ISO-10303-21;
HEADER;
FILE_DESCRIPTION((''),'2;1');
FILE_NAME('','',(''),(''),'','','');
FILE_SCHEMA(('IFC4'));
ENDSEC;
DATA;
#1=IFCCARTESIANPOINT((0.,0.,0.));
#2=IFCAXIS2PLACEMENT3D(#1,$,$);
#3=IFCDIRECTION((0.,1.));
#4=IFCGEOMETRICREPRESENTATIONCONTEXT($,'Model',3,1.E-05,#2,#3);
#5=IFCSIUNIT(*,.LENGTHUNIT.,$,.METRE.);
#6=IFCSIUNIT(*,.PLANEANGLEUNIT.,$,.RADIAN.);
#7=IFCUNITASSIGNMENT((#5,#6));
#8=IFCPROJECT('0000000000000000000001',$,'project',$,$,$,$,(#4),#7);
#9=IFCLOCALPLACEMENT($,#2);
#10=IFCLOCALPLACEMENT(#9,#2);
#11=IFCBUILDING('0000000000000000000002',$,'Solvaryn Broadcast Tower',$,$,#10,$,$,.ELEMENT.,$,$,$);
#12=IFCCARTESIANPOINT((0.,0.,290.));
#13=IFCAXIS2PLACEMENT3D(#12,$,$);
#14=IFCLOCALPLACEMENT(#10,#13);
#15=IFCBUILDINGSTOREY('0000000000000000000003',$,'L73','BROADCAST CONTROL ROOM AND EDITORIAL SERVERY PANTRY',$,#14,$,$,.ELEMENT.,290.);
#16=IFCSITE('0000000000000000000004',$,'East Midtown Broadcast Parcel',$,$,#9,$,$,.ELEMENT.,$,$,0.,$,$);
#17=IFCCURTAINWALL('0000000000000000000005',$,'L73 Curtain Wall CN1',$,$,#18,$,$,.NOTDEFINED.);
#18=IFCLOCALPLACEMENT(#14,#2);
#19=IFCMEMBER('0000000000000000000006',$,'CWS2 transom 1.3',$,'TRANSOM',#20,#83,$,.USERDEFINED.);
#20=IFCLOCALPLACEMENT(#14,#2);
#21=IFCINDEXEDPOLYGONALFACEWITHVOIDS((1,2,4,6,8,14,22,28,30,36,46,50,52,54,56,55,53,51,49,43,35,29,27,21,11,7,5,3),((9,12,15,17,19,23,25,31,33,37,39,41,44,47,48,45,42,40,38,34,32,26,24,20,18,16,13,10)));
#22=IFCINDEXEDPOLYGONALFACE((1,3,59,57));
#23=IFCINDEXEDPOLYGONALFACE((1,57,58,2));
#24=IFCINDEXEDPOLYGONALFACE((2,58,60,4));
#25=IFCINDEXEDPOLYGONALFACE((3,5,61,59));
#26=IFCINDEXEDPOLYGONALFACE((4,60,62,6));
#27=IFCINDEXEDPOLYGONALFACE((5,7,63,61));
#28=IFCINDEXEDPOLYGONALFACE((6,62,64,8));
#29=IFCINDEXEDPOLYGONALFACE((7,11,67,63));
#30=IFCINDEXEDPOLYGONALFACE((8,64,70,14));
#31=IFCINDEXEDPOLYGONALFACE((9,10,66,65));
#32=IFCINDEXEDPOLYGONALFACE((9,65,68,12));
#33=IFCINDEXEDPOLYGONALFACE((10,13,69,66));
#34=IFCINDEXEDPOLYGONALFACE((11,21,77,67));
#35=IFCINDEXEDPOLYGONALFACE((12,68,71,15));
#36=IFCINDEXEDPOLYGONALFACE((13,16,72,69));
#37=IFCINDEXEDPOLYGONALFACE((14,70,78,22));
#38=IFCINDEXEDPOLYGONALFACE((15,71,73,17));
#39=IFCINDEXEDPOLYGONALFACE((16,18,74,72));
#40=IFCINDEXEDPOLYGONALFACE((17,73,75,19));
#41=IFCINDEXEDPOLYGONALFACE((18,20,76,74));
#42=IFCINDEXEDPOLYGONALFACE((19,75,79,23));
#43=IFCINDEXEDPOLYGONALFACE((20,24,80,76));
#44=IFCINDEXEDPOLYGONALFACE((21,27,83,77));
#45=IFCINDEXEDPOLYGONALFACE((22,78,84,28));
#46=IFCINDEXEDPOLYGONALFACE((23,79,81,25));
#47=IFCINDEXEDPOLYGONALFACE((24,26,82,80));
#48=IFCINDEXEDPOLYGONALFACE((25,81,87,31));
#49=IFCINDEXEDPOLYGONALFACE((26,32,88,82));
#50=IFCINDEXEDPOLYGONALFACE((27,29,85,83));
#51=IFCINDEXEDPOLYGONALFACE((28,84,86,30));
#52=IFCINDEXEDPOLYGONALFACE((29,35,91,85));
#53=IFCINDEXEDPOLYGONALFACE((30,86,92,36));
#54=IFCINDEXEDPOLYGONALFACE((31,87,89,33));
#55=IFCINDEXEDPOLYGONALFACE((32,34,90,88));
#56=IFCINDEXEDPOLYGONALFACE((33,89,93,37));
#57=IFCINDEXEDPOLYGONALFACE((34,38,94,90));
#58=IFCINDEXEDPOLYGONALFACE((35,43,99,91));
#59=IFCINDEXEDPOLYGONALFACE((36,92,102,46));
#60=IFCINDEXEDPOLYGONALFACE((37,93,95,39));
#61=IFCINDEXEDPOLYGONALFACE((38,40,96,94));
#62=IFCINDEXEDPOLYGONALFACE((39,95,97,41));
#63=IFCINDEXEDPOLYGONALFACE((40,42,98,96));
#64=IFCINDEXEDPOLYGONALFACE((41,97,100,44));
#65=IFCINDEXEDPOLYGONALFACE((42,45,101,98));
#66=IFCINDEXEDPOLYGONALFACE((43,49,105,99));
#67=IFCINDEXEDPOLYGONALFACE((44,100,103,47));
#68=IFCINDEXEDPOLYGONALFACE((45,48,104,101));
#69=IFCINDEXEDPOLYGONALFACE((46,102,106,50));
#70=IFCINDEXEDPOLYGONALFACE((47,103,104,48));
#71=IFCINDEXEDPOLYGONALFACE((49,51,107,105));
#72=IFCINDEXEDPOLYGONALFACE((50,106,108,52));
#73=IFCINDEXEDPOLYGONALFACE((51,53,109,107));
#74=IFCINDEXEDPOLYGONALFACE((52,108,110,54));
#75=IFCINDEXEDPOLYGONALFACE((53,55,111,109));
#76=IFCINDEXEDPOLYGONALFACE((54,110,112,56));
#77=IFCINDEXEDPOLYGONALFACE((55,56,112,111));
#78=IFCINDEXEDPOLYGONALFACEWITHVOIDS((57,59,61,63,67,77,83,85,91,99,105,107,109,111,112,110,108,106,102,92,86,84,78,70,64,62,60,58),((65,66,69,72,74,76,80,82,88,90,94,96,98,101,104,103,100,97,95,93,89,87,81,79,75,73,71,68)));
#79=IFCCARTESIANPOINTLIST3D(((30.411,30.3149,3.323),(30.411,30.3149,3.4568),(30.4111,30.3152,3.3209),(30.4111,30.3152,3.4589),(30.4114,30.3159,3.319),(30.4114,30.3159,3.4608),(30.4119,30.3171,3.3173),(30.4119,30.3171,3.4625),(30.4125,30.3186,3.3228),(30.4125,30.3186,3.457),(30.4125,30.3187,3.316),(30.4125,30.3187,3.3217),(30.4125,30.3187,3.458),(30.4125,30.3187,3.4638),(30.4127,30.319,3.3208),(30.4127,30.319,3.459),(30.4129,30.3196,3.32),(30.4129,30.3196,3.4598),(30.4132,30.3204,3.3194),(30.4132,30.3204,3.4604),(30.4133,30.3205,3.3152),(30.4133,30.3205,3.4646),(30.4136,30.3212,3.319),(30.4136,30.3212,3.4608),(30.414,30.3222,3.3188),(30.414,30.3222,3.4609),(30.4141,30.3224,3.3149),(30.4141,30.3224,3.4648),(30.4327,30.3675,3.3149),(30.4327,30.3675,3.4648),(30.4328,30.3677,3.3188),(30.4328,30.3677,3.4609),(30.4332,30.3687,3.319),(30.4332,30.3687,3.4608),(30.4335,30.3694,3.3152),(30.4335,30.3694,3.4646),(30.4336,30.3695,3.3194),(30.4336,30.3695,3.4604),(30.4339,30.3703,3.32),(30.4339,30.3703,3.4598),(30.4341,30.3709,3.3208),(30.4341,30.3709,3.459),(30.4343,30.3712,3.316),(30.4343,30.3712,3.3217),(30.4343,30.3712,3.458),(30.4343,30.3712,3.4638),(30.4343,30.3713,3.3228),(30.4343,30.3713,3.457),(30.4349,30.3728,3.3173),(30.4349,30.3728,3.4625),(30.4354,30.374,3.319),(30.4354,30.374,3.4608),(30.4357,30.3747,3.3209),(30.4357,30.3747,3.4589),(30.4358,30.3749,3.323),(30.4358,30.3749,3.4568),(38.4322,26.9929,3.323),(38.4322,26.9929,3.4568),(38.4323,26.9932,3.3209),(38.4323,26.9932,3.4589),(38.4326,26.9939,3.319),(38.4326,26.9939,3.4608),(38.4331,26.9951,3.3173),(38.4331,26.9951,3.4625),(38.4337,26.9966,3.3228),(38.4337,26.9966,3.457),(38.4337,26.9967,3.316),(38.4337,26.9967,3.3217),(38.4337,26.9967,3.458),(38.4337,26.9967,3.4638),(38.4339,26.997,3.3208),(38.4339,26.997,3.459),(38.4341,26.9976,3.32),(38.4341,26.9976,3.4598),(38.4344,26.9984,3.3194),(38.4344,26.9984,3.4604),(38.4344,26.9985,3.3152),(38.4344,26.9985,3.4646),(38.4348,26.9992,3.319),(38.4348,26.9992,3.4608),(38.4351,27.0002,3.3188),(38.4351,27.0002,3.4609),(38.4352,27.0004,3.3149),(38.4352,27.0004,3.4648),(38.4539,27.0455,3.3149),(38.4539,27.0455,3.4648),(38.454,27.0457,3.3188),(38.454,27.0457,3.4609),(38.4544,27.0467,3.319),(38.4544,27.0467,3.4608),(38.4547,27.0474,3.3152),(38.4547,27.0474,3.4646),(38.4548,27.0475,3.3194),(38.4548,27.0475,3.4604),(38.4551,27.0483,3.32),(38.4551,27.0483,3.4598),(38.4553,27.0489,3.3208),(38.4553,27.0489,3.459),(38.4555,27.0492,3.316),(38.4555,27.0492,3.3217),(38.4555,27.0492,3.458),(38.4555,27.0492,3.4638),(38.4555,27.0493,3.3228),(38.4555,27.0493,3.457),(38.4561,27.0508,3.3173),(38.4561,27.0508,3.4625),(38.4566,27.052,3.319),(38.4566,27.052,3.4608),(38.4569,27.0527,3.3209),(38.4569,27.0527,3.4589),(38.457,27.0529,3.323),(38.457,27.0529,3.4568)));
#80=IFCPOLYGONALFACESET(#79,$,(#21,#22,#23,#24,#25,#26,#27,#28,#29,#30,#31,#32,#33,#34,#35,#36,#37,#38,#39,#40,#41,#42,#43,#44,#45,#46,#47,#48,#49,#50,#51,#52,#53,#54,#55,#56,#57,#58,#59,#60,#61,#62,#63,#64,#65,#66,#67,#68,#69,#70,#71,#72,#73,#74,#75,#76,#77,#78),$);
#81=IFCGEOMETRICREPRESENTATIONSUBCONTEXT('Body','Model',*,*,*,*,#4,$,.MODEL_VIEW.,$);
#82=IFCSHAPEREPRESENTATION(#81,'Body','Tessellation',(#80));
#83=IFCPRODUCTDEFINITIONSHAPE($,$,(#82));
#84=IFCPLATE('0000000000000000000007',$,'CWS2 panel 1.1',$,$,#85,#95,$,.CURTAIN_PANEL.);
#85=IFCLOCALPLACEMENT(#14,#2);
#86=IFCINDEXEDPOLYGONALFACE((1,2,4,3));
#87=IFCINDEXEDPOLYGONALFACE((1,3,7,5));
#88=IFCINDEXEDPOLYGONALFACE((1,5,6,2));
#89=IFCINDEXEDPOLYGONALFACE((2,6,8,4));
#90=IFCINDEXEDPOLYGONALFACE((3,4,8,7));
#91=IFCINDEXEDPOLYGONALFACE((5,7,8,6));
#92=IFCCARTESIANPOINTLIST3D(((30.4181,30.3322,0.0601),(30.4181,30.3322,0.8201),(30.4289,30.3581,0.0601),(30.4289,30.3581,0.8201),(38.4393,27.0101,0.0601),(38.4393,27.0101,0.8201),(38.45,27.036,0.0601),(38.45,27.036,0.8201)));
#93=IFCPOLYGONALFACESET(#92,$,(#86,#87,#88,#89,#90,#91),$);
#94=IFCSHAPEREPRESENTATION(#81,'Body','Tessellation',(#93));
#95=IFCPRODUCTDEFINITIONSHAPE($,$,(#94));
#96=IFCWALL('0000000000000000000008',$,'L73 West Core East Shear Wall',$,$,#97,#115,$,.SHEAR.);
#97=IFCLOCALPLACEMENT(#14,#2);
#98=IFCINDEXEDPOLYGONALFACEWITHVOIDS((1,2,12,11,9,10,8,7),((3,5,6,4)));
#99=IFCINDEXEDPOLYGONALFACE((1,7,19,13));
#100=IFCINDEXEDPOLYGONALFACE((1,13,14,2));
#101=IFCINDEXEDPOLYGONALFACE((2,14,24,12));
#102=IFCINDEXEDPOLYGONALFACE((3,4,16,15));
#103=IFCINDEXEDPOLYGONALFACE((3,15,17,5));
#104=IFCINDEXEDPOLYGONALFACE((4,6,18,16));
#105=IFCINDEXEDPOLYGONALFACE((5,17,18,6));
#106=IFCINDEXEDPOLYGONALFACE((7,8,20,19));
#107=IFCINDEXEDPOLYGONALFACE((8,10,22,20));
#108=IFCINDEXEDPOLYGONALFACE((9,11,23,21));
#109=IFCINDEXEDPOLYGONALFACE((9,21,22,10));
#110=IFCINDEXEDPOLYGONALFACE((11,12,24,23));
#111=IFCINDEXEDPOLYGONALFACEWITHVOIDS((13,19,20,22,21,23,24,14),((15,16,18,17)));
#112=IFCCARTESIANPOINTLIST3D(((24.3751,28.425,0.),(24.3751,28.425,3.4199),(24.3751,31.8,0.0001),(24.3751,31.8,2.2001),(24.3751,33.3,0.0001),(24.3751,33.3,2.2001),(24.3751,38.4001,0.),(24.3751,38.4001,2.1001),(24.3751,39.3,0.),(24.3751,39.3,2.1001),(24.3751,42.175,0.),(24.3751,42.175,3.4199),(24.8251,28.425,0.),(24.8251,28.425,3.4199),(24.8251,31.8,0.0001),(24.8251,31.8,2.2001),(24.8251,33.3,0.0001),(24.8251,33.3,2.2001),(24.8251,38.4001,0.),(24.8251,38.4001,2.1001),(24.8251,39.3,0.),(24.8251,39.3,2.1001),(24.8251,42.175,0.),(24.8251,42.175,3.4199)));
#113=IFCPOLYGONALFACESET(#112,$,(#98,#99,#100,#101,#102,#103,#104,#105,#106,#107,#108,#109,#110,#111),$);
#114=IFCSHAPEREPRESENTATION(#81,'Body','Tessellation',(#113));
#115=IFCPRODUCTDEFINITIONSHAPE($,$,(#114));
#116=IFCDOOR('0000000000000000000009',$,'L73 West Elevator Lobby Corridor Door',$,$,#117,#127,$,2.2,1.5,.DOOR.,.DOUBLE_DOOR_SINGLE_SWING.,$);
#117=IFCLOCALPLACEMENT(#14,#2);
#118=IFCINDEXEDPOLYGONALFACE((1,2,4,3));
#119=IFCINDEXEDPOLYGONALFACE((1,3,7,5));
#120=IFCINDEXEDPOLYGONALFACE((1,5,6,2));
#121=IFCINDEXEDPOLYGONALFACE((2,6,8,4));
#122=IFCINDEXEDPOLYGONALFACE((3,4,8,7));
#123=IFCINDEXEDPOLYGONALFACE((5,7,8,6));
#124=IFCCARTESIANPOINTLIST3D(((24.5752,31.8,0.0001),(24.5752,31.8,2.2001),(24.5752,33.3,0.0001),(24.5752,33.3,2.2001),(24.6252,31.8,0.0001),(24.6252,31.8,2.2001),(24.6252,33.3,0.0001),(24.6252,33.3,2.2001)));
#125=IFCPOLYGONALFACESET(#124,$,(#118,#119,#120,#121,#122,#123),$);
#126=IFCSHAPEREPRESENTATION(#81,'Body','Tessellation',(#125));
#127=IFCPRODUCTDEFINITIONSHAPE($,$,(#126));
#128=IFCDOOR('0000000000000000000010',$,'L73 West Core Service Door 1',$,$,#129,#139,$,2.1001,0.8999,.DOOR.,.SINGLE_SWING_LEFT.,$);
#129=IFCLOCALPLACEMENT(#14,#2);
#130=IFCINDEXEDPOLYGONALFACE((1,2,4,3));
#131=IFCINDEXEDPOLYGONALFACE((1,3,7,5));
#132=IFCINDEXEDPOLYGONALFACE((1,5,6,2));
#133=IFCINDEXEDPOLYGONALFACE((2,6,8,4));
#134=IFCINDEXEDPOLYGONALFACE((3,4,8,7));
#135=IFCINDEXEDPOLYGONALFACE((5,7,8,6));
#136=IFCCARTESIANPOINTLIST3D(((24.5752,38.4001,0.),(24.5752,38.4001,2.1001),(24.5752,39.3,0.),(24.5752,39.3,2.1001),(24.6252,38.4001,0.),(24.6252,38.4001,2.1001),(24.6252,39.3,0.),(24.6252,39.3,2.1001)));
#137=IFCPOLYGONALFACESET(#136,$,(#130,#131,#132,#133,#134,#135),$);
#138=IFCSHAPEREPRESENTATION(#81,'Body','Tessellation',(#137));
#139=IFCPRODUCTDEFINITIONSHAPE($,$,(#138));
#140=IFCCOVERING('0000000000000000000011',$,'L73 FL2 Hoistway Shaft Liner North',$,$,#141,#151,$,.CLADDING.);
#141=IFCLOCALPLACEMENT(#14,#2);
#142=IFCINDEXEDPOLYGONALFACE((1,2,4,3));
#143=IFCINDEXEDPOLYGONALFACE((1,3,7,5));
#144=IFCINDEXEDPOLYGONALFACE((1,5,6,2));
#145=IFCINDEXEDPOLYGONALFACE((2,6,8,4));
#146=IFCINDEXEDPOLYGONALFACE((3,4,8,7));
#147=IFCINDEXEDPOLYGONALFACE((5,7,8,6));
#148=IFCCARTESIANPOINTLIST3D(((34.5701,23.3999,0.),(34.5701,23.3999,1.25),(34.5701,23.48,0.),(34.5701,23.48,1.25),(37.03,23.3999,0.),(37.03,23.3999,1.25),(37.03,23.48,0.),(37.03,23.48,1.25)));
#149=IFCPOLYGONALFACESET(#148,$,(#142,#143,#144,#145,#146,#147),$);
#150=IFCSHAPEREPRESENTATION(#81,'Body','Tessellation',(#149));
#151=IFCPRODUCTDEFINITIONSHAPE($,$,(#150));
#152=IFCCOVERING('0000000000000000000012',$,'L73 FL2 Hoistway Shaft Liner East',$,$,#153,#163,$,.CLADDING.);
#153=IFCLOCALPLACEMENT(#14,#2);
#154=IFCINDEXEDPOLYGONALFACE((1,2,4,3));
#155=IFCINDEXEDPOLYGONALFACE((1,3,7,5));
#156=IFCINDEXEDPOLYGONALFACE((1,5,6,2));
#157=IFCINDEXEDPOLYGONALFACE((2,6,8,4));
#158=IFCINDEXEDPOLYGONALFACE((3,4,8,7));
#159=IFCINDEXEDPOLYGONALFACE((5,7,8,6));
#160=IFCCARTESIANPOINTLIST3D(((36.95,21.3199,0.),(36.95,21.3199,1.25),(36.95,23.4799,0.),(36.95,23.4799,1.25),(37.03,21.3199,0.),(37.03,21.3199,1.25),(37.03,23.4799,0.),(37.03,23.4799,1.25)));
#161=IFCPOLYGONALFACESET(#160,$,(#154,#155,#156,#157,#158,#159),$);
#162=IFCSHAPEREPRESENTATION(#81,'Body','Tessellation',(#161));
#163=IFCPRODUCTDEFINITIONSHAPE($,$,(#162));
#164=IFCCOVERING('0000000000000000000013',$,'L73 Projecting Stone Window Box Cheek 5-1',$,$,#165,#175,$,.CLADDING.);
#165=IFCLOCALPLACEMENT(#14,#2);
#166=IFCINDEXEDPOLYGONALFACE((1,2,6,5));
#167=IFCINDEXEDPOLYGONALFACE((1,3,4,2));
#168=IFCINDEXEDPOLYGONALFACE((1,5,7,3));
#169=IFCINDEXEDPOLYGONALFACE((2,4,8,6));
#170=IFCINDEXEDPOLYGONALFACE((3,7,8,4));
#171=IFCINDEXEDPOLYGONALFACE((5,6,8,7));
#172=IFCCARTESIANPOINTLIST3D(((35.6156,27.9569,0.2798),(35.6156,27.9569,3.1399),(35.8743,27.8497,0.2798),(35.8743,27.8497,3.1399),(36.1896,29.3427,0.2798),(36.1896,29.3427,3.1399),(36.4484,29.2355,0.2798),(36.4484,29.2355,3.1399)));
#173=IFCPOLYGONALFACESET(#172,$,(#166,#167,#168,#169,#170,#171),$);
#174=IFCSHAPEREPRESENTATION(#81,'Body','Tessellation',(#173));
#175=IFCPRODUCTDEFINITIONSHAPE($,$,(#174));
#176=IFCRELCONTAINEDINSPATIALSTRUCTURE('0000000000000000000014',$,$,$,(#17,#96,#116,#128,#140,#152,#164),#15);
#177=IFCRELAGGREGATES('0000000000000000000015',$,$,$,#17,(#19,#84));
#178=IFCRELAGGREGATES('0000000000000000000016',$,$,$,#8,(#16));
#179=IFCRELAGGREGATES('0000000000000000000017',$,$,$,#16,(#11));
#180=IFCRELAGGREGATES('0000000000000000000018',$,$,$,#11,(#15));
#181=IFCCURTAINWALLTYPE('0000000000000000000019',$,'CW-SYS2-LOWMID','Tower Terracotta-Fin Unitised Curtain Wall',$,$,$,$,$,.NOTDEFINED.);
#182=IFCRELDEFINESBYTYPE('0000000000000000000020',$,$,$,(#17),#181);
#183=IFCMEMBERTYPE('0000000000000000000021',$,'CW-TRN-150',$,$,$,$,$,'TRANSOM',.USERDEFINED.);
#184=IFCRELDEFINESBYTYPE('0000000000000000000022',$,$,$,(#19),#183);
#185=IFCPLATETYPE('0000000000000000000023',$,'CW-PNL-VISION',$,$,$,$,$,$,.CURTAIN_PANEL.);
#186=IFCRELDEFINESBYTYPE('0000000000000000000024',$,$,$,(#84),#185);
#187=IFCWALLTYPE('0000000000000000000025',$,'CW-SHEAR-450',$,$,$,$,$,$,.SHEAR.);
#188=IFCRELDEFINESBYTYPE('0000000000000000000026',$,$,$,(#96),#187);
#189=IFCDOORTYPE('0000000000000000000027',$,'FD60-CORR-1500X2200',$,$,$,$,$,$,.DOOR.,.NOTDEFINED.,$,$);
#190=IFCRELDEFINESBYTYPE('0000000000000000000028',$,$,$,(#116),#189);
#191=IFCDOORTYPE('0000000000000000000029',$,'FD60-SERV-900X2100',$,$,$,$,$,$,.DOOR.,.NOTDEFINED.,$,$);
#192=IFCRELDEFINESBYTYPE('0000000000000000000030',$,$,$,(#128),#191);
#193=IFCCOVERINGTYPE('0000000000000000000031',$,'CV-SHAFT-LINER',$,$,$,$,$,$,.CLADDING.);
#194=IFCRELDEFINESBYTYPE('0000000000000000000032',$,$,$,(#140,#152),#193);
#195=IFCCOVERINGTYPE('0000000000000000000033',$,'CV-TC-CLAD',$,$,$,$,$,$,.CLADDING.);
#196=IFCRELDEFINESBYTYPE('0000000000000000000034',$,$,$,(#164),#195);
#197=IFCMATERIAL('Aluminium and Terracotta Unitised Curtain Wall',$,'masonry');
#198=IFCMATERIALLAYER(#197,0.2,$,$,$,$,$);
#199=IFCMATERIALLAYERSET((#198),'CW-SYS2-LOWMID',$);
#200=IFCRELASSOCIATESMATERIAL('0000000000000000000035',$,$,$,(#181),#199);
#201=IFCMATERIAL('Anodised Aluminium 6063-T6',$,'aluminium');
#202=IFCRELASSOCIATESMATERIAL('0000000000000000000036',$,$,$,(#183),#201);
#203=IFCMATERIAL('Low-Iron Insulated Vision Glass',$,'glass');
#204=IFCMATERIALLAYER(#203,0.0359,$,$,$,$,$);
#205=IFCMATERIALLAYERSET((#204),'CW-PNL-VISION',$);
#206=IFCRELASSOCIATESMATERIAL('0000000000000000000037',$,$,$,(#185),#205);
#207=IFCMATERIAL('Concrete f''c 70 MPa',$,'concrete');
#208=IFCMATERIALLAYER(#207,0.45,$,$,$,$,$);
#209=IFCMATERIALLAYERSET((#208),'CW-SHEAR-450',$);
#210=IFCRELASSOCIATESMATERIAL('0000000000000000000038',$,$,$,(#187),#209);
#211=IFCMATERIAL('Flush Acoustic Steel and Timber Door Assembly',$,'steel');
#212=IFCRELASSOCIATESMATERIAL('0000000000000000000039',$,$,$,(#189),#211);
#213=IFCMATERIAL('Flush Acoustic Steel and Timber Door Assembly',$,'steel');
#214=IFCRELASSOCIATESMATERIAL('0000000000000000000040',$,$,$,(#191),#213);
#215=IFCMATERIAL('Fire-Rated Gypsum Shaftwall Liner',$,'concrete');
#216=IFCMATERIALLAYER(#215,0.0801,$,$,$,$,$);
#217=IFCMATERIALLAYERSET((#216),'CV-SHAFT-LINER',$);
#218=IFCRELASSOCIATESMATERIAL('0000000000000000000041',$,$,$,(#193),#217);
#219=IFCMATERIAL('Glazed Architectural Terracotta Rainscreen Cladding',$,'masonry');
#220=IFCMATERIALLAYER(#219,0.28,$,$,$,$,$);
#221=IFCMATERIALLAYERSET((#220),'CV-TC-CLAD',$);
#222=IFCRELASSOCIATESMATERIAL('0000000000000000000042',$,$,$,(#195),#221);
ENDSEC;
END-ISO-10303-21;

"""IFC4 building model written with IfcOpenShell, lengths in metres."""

from ifc_helpers import new_model, si_unit, direction, frame, frame_2d, origin, origin_2d, place, context, subcontext, project, spatial, rectangle, hollow_rectangle, extrude, material, layer, layer_set, material_profile, profile_set, type_object, element, fill, aggregate, save


model = new_model("IFC4")

# Units and contexts
model_context = context("Model", 3, precision=1e-05, world=origin(), true_north=direction((0.0, 1.0)))
body_context = subcontext(model_context, "Body", "Model", "MODEL_VIEW")
ifc_project = project(units=[si_unit("LENGTHUNIT", "METRE"), si_unit("PLANEANGLEUNIT", "RADIAN")], contexts=[model_context])

# Site, building, storey
site_placement = place(None, origin())
site = spatial("IfcSite", under=ifc_project, at=site_placement, Name="East Midtown Broadcast Parcel", CompositionType="ELEMENT", RefElevation=0.0)
building_placement = place(site_placement, origin())
building = spatial("IfcBuilding", under=site, at=building_placement, Name="Solvaryn Broadcast Tower", CompositionType="ELEMENT")
storey_placement = place(building_placement, frame((0.0, 0.0, 290.0)))
storey = spatial("IfcBuildingStorey", under=building, at=storey_placement, Name="L73", Description="BROADCAST CONTROL ROOM AND EDITORIAL SERVERY PANTRY", CompositionType="ELEMENT", Elevation=290.0)

# Curtain wall
ifc_material_1 = material(Name="Aluminium and Terracotta Unitised Curtain Wall", Category="masonry")
ifc_layer_1 = layer(ifc_material_1, 0.2)
ifc_layer_set_1 = layer_set([ifc_layer_1], Name="CW-SYS2-LOWMID")
curtain_wall_type = type_object("IfcCurtainWallType", Name="CW-SYS2-LOWMID", Description="Tower Terracotta-Fin Unitised Curtain Wall", PredefinedType="NOTDEFINED", material=ifc_layer_set_1)
curtain_wall_1_placement = place(storey_placement, origin())
curtain_wall_1 = element("IfcCurtainWall", 1, at=curtain_wall_1_placement, inside=storey, type_object=curtain_wall_type, Name="L73 Curtain Wall CN1", PredefinedType="NOTDEFINED")

# Member
ifc_material_2 = material(Name="Anodised Aluminium 6063-T6", Category="aluminium")
ifc_material_profile_1 = material_profile(ifc_material_2, hollow_rectangle(XDim=0.0649, YDim=0.1499, WallThickness=0.0039, InnerFilletRadius=0.0039, OuterFilletRadius=0.0081, at=origin_2d()))
ifc_profile_set_1 = profile_set([ifc_material_profile_1], Name="Anodised Aluminium 6063-T6")
member_type_1 = type_object("IfcMemberType", Name="CW-TRN-150", ElementType="TRANSOM", PredefinedType="USERDEFINED", material=ifc_profile_set_1)
member_1_placement = place(storey_placement, frame((38.4446, 27.0229, 3.3899), z_axis=(-0.923899, 0.382636, 0.0), x_axis=(-0.382636, -0.923899, 0.0)))
member_1 = element("IfcMember", 2, at=member_1_placement, type_object=member_type_1, Name="CWS2 transom 1.3", ObjectType="TRANSOM", PredefinedType="USERDEFINED", context=body_context, shape_type="SweptSolid", body=[
    extrude(hollow_rectangle(XDim=0.0649, YDim=0.1499, WallThickness=0.0039, InnerFilletRadius=0.0039, OuterFilletRadius=0.0081, at=origin_2d()), origin(), (0.0, 0.0, 1.0), 8.6819),
])

# Plate
ifc_material_3 = material(Name="Low-Iron Insulated Vision Glass", Category="glass")
ifc_layer_2 = layer(ifc_material_3, 0.0359)
ifc_layer_set_2 = layer_set([ifc_layer_2], Name="CW-PNL-VISION")
plate_type = type_object("IfcPlateType", Name="CW-PNL-VISION", PredefinedType="CURTAIN_PANEL", material=ifc_layer_set_2)
plate_placement = place(storey_placement, frame((34.4341, 28.6841, 0.0601), z_axis=(0.0, 0.0, 1.0), x_axis=(-0.923895, 0.382646, 0.0)))
plate = element("IfcPlate", 3, at=plate_placement, type_object=plate_type, Name="CWS2 panel 1.1", PredefinedType="CURTAIN_PANEL", context=body_context, shape_type="SweptSolid", body=[
    extrude(rectangle(XDim=8.6819, YDim=0.0281, at=origin_2d()), origin(), (0.0, 0.0, 1.0), 0.76),
])
aggregate(curtain_wall_1, [member_1, plate])

# Wall, openings, doors
ifc_material_4 = material(Name="Concrete f'c 70 MPa", Category="concrete")
ifc_layer_3 = layer(ifc_material_4, 0.45)
ifc_layer_set_3 = layer_set([ifc_layer_3], Name="CW-SHEAR-450")
wall_type = type_object("IfcWallType", Name="CW-SHEAR-450", PredefinedType="SHEAR", material=ifc_layer_set_3)
wall_1_placement = place(storey_placement, frame((24.6001, 28.425, 0.0), z_axis=(0.0, 0.0, 1.0), x_axis=(0.0, 1.0, 0.0)))
wall_1 = element("IfcWall", 4, at=wall_1_placement, inside=storey, type_object=wall_type, Name="L73 West Core East Shear Wall", PredefinedType="SHEAR", context=body_context, shape_type="SweptSolid", body=[
    extrude(rectangle(XDim=13.75, YDim=0.45, at=frame_2d((6.875, 0.0))), origin(), (0.0, 0.0, 1.0), 3.4199),
])
opening_1_placement = place(wall_1_placement, frame((3.375, 0.0, 0.0)))
opening_1 = element("IfcOpeningElement", 5, at=opening_1_placement, cuts=wall_1, PredefinedType="OPENING", context=body_context, shape_type="SweptSolid", body=[
    extrude(rectangle(XDim=1.5, YDim=2.2, at=frame_2d((0.75, 1.1001))), frame((0.0, 0.2351, 0.0), z_axis=(0.0, -1.0, 0.0), x_axis=(1.0, 0.0, 0.0)), (0.0, 0.0, 1.0), 0.47),
])
opening_2_placement = place(wall_1_placement, frame((9.9751, 0.0, 0.0)))
opening_2 = element("IfcOpeningElement", 6, at=opening_2_placement, cuts=wall_1, PredefinedType="OPENING", context=body_context, shape_type="SweptSolid", body=[
    extrude(rectangle(XDim=0.8999, YDim=2.1001, at=frame_2d((0.45, 1.05))), frame((0.0, 0.2351, 0.0), z_axis=(0.0, -1.0, 0.0), x_axis=(1.0, 0.0, 0.0)), (0.0, 0.0, 1.0), 0.47),
])
ifc_material_5 = material(Name="Flush Acoustic Steel and Timber Door Assembly", Category="steel")
door_type_1 = type_object("IfcDoorType", Name="FD60-CORR-1500X2200", OperationType="NOTDEFINED", PredefinedType="DOOR", material=ifc_material_5)
door_1_placement = place(opening_1_placement, origin())
door_1 = element("IfcDoor", 7, at=door_1_placement, inside=storey, type_object=door_type_1, Name="L73 West Elevator Lobby Corridor Door", OperationType="DOUBLE_DOOR_SINGLE_SWING", OverallHeight=2.2, OverallWidth=1.5, PredefinedType="DOOR", context=body_context, shape_type="SweptSolid", body=[
    extrude(rectangle(XDim=1.5, YDim=2.2, at=frame_2d((0.75, 1.1001))), frame((0.0, 0.0249, 0.0), z_axis=(0.0, -1.0, 0.0), x_axis=(1.0, 0.0, 0.0)), (0.0, 0.0, 1.0), 0.05),
])
fill(opening_1, door_1)
ifc_material_6 = material(Name="Flush Acoustic Steel and Timber Door Assembly", Category="steel")
door_type_2 = type_object("IfcDoorType", Name="FD60-SERV-900X2100", OperationType="NOTDEFINED", PredefinedType="DOOR", material=ifc_material_6)
door_2_placement = place(opening_2_placement, origin())
door_2 = element("IfcDoor", 8, at=door_2_placement, inside=storey, type_object=door_type_2, Name="L73 West Core Service Door 1", OperationType="SINGLE_SWING_LEFT", OverallHeight=2.1001, OverallWidth=0.8999, PredefinedType="DOOR", context=body_context, shape_type="SweptSolid", body=[
    extrude(rectangle(XDim=0.8999, YDim=2.1001, at=frame_2d((0.45, 1.05))), frame((0.0, 0.0249, 0.0), z_axis=(0.0, -1.0, 0.0), x_axis=(1.0, 0.0, 0.0)), (0.0, 0.0, 1.0), 0.05),
])
fill(opening_2, door_2)

# Coverings
ifc_material_7 = material(Name="Fire-Rated Gypsum Shaftwall Liner", Category="concrete")
ifc_layer_4 = layer(ifc_material_7, 0.0801)
ifc_layer_set_4 = layer_set([ifc_layer_4], Name="CV-SHAFT-LINER")
covering_type_1 = type_object("IfcCoveringType", Name="CV-SHAFT-LINER", PredefinedType="CLADDING", material=ifc_layer_set_4)
covering_1_placement = place(storey_placement, frame((35.8, 23.4399, 0.0), z_axis=(0.0, 0.0, 1.0), x_axis=(1.0, 0.0, 0.0)))
element("IfcCovering", 9, at=covering_1_placement, inside=storey, type_object=covering_type_1, Name="L73 FL2 Hoistway Shaft Liner North", PredefinedType="CLADDING", context=body_context, shape_type="SweptSolid", body=[
    extrude(rectangle(XDim=2.46, YDim=0.0801, at=origin_2d()), origin(), (0.0, 0.0, 1.0), 1.25),
])
covering_2_placement = place(storey_placement, frame((36.99, 22.3999, 0.0), z_axis=(0.0, 0.0, 1.0), x_axis=(1.0, 0.0, 0.0)))
element("IfcCovering", 10, at=covering_2_placement, inside=storey, type_object=covering_type_1, Name="L73 FL2 Hoistway Shaft Liner East", PredefinedType="CLADDING", context=body_context, shape_type="SweptSolid", body=[
    extrude(rectangle(XDim=0.0801, YDim=2.1599, at=origin_2d()), origin(), (0.0, 0.0, 1.0), 1.25),
])
ifc_material_8 = material(Name="Glazed Architectural Terracotta Rainscreen Cladding", Category="masonry")
ifc_layer_5 = layer(ifc_material_8, 0.28)
ifc_layer_set_5 = layer_set([ifc_layer_5], Name="CV-TC-CLAD")
covering_type_2 = type_object("IfcCoveringType", Name="CV-TC-CLAD", PredefinedType="CLADDING", material=ifc_layer_set_5)
covering_3_placement = place(storey_placement, frame((36.032, 28.5962, 0.2798), z_axis=(0.0, 0.0, 1.0), x_axis=(-0.92388, 0.382683, 0.0)))
element("IfcCovering", 11, at=covering_3_placement, inside=storey, type_object=covering_type_2, Name="L73 Projecting Stone Window Box Cheek 5-1", PredefinedType="CLADDING", context=body_context, shape_type="SweptSolid", body=[
    extrude(rectangle(XDim=0.28, YDim=1.5, at=origin_2d()), origin(), (0.0, 0.0, 1.0), 2.8601),
])

save(model, "model.ifc")
